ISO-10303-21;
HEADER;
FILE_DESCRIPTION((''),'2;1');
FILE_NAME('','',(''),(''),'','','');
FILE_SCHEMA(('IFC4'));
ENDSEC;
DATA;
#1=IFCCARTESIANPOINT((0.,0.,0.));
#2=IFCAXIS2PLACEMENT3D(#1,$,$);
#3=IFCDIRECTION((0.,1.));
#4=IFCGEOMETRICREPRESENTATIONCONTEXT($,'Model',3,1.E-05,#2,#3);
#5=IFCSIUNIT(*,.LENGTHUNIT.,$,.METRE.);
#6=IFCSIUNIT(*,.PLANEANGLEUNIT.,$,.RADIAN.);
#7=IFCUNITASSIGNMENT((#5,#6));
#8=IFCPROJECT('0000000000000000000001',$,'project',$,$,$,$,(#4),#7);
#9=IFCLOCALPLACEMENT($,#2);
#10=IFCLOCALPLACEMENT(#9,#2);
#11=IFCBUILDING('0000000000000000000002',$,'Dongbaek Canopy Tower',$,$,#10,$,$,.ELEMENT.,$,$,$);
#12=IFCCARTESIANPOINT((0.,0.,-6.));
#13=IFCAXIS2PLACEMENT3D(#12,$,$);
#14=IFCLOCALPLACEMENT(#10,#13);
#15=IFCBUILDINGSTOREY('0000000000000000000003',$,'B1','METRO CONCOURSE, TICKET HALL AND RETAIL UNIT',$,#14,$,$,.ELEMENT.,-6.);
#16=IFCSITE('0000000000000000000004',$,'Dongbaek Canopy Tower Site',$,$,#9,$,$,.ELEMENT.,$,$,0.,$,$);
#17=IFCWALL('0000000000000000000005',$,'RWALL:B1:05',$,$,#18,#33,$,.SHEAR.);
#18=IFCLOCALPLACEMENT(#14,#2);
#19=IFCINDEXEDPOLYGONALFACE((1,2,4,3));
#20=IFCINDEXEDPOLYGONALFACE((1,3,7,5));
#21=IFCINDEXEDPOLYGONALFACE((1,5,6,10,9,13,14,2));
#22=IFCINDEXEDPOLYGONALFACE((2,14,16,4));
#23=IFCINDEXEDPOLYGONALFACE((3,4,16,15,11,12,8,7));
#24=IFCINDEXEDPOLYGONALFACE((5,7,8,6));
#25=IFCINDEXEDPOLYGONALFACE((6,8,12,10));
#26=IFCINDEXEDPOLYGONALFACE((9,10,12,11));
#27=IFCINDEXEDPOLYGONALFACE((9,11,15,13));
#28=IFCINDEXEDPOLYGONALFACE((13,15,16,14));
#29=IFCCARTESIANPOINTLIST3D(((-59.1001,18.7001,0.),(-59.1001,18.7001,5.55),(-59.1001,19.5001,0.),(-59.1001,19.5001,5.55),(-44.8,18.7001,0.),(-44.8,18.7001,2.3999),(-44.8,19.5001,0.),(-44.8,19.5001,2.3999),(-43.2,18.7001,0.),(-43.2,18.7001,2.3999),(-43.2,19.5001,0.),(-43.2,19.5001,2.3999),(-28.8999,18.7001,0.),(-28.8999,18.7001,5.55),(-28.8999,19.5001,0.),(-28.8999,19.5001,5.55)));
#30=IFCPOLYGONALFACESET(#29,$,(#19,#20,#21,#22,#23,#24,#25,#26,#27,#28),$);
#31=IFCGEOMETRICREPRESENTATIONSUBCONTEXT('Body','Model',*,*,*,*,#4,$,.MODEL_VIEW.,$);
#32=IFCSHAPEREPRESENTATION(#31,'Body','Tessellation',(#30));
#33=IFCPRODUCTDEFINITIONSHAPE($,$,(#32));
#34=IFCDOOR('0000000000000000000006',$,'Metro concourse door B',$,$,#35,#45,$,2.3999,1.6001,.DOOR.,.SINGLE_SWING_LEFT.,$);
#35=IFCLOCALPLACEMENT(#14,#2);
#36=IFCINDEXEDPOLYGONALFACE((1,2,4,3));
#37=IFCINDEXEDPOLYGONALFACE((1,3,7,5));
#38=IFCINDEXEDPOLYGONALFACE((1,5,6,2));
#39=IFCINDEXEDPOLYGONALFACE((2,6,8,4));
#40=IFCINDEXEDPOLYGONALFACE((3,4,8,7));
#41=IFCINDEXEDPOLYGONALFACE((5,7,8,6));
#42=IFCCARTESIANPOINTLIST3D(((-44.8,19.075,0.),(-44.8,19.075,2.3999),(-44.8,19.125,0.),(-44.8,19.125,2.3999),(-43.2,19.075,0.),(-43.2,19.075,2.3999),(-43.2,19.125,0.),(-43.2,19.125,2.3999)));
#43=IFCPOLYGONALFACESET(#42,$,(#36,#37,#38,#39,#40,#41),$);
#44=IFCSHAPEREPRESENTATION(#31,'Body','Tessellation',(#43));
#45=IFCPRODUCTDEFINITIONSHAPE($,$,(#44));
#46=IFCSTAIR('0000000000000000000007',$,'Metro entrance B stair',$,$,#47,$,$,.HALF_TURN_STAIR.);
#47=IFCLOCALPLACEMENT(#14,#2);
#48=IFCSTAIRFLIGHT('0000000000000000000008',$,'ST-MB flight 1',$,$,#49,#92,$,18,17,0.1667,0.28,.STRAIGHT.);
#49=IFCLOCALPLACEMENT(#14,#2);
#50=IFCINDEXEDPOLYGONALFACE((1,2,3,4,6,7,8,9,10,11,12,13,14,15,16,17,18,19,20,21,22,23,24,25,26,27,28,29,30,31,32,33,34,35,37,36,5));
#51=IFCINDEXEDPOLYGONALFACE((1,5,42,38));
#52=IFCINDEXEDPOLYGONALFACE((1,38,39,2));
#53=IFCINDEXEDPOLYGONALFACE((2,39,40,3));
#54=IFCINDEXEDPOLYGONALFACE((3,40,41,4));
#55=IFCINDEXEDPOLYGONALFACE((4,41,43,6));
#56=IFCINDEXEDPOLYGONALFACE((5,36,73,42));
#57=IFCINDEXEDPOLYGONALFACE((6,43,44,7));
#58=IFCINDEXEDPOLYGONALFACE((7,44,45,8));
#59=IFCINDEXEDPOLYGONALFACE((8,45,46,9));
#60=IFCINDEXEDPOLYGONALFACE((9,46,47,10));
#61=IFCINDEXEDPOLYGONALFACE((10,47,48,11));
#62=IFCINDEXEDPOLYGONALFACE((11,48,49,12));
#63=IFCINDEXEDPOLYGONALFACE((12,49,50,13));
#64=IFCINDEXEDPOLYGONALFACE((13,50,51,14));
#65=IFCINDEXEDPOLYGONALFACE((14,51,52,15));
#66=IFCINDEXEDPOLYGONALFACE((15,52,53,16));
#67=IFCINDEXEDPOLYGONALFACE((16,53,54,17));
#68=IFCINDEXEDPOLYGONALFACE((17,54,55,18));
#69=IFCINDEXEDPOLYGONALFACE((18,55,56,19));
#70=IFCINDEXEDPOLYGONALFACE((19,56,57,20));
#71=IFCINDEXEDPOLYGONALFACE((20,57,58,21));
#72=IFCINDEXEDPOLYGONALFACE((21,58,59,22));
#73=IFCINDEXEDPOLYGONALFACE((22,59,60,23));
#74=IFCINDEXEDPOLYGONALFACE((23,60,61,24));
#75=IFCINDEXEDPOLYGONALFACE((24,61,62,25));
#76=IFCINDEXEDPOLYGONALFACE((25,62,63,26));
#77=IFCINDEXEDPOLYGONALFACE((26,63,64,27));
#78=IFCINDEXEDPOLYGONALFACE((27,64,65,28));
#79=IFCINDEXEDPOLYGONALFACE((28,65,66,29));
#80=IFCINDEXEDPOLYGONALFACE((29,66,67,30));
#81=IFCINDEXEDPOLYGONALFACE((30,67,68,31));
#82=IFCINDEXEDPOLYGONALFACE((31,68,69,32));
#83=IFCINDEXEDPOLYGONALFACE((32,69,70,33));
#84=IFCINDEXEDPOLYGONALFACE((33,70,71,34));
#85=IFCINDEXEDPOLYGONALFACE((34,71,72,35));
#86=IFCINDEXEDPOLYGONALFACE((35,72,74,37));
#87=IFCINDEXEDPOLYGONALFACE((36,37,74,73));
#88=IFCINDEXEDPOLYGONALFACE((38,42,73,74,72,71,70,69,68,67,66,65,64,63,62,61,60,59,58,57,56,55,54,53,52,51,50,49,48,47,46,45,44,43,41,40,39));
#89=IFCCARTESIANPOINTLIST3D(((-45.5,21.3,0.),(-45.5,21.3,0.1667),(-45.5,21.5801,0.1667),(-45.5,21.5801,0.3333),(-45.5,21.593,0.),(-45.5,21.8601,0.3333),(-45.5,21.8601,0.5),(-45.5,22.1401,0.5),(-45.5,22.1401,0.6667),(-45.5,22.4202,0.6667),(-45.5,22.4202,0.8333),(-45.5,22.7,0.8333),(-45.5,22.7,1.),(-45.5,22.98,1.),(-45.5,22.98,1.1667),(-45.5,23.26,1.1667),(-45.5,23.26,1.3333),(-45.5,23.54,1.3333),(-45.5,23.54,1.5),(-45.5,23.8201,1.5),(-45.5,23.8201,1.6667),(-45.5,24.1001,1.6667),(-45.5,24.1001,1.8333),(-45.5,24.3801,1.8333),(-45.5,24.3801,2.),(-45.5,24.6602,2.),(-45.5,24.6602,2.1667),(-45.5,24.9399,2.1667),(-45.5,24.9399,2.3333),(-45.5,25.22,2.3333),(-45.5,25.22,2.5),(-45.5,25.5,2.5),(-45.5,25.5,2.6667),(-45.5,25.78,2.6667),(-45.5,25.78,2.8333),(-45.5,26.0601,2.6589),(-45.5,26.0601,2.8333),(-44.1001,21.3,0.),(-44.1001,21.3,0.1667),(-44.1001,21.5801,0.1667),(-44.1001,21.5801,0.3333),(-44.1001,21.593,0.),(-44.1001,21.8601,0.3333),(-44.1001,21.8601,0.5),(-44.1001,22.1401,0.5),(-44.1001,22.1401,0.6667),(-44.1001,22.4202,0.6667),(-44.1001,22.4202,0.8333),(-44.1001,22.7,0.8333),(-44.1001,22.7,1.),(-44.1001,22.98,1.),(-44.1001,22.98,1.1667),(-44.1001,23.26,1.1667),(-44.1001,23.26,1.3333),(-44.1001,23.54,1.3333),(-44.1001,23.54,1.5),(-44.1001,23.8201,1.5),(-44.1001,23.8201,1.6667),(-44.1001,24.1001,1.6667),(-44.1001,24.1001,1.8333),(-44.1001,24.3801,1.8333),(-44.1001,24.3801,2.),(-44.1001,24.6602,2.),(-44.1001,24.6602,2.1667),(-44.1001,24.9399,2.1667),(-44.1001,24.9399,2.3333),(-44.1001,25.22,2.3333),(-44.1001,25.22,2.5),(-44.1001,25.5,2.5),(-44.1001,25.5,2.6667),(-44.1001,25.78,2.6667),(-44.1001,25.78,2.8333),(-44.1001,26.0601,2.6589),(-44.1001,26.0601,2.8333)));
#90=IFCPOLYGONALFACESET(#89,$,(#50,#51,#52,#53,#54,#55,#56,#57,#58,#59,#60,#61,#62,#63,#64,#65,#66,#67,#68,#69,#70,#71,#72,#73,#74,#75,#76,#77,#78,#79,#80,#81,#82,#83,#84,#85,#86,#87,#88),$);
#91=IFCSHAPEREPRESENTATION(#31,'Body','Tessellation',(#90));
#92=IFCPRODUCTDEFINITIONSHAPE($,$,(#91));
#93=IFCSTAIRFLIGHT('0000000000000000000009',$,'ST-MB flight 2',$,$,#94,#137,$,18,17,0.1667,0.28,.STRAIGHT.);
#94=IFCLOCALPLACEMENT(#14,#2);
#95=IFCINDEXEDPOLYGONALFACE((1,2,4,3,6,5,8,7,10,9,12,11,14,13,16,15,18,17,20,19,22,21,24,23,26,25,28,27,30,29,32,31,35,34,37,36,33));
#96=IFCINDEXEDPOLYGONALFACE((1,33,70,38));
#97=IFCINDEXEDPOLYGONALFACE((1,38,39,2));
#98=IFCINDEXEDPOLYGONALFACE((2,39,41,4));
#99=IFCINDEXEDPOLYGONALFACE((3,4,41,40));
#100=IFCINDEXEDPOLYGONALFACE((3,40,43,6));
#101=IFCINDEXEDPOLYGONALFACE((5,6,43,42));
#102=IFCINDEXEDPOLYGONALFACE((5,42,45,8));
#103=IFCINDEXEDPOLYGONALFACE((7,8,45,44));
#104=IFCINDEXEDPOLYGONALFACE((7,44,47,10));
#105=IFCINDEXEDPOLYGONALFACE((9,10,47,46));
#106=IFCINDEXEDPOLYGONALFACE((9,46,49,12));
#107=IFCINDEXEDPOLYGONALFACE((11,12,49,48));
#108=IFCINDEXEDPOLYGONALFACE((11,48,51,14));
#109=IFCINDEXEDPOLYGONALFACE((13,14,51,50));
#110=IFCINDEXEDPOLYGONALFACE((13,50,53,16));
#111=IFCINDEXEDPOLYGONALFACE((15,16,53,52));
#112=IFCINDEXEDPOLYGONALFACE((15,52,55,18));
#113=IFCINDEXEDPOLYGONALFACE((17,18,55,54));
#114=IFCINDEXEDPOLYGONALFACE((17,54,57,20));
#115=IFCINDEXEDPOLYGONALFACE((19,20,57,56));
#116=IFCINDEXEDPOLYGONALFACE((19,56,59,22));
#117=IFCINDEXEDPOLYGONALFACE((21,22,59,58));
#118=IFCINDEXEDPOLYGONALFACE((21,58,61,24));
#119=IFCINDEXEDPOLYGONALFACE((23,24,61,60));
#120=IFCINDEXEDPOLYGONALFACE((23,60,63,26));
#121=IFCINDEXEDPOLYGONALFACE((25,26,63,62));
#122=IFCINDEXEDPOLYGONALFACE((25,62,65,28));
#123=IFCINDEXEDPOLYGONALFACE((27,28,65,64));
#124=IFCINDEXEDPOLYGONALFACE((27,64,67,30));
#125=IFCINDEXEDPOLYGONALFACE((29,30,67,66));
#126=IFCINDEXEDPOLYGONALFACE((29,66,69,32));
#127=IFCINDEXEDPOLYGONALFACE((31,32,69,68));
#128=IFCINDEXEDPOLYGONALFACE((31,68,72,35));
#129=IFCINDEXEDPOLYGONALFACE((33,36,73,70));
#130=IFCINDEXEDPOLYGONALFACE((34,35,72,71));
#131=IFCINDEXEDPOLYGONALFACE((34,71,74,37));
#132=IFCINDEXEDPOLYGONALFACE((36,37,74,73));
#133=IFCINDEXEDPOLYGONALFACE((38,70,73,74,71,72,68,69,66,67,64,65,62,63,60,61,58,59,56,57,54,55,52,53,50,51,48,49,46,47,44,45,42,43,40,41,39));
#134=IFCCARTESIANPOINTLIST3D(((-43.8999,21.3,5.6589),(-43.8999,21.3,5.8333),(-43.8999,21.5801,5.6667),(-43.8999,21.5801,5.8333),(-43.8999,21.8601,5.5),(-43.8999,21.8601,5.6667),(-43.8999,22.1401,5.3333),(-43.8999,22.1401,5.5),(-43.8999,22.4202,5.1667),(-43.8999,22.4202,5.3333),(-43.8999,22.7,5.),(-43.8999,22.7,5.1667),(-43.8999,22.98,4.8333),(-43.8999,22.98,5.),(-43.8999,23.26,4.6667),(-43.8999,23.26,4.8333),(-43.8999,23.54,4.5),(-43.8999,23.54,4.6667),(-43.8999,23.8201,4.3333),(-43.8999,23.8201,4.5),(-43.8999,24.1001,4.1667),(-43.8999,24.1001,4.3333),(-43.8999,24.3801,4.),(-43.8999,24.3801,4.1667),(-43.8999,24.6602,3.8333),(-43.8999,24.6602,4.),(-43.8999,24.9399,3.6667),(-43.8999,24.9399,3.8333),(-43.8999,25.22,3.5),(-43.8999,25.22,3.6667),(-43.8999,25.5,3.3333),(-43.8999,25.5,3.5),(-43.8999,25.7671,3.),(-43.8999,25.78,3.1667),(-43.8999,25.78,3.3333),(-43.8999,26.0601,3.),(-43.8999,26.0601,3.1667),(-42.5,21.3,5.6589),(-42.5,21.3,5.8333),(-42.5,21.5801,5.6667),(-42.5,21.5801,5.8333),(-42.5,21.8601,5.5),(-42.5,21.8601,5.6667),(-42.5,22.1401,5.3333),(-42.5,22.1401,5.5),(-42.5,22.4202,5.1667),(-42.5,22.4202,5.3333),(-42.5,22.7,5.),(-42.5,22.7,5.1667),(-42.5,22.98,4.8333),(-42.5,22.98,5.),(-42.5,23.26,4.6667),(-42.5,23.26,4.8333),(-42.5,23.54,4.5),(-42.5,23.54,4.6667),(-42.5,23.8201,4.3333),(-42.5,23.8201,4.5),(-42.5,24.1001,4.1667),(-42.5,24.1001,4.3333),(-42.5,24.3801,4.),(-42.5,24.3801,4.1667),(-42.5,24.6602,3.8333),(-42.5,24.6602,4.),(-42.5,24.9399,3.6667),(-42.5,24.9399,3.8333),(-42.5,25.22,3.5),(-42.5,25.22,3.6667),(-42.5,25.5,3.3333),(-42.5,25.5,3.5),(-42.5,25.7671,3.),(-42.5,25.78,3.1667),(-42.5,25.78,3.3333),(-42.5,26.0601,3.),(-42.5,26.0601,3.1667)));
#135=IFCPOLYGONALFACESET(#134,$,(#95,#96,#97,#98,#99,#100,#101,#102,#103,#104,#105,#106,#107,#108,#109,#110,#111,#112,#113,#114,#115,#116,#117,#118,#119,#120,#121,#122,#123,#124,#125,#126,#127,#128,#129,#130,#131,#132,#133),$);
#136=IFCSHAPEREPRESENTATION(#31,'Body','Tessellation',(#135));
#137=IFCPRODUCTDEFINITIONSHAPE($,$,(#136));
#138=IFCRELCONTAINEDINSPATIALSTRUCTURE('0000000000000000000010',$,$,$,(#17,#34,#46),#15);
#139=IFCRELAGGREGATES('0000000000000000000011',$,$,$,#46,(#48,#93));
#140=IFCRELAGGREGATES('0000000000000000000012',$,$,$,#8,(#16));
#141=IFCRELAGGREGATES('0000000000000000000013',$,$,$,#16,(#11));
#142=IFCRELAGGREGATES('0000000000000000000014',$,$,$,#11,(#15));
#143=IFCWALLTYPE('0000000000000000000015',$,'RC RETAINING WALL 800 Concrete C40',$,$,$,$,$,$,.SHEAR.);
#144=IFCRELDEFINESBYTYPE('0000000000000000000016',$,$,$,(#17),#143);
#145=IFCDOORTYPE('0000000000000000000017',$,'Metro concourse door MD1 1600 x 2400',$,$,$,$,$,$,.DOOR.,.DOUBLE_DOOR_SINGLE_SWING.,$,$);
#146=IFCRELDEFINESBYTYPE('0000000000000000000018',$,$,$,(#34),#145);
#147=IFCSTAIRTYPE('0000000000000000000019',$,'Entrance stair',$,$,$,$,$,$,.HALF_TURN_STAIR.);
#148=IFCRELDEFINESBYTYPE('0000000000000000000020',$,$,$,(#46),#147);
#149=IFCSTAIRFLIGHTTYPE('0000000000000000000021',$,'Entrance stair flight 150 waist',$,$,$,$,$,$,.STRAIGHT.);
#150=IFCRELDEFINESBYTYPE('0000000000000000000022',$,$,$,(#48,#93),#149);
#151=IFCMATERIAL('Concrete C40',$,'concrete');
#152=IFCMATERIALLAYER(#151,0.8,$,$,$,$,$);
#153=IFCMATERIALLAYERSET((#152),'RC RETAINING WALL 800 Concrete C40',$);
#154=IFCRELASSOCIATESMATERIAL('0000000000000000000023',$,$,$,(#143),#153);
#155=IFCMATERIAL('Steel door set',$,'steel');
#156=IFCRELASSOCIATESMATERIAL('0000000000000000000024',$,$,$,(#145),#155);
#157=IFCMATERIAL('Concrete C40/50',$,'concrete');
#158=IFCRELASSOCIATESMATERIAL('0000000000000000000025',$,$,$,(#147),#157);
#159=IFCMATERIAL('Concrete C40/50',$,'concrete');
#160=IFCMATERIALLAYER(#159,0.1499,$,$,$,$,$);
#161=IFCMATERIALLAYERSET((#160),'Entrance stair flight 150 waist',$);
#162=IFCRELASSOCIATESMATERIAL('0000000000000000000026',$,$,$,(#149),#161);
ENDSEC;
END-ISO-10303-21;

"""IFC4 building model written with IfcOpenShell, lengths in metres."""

from ifc_helpers import new_model, si_unit, direction, frame, frame_2d, origin, place, context, subcontext, project, spatial, polyline, rectangle, outline, extrude, material, layer, layer_set, type_object, element, fill, aggregate, save


model = new_model("IFC4")

# Units and contexts
model_context = context("Model", 3, precision=1e-05, world=origin(), true_north=direction((0.0, 1.0)))
body_context = subcontext(model_context, "Body", "Model", "MODEL_VIEW")
ifc_project = project(units=[si_unit("LENGTHUNIT", "METRE"), si_unit("PLANEANGLEUNIT", "RADIAN")], contexts=[model_context])

# Site, building, storey
site_placement = place(None, origin())
site = spatial("IfcSite", under=ifc_project, at=site_placement, Name="Dongbaek Canopy Tower Site", CompositionType="ELEMENT", RefElevation=0.0)
building_placement = place(site_placement, origin())
building = spatial("IfcBuilding", under=site, at=building_placement, Name="Dongbaek Canopy Tower", CompositionType="ELEMENT")
storey_placement = place(building_placement, frame((0.0, 0.0, -6.0)))
storey = spatial("IfcBuildingStorey", under=building, at=storey_placement, Name="B1", Description="METRO CONCOURSE, TICKET HALL AND RETAIL UNIT", CompositionType="ELEMENT", Elevation=-6.0)

# Wall, opening, door
ifc_material_1 = material(Name="Concrete C40", Category="concrete")
ifc_layer_1 = layer(ifc_material_1, 0.8)
ifc_layer_set_1 = layer_set([ifc_layer_1], Name="RC RETAINING WALL 800 Concrete C40")
wall_type_1 = type_object("IfcWallType", Name="RC RETAINING WALL 800 Concrete C40", PredefinedType="SHEAR", material=ifc_layer_set_1)
wall_1_placement = place(storey_placement, frame((-59.1001, 19.1001, 0.0), z_axis=(0.0, 0.0, 1.0), x_axis=(1.0, 0.0, 0.0)))
wall_1 = element("IfcWall", 1, at=wall_1_placement, inside=storey, type_object=wall_type_1, Name="RWALL:B1:05", PredefinedType="SHEAR", context=body_context, shape_type="SweptSolid", body=[
    extrude(rectangle(XDim=30.2002, YDim=0.8, at=frame_2d((15.1001, 0.0))), origin(), (0.0, 0.0, 1.0), 5.55),
])
opening_placement = place(wall_1_placement, frame((14.3, 0.0, 0.0)))
opening = element("IfcOpeningElement", 2, at=opening_placement, cuts=wall_1, PredefinedType="OPENING", context=body_context, shape_type="SweptSolid", body=[
    extrude(rectangle(XDim=1.6001, YDim=2.3999, at=frame_2d((0.8, 1.2))), frame((0.0, 0.4099, 0.0), z_axis=(0.0, -1.0, 0.0), x_axis=(1.0, 0.0, 0.0)), (0.0, 0.0, 1.0), 0.8201),
])
ifc_material_2 = material(Name="Steel door set", Category="steel")
door_type = type_object("IfcDoorType", Name="Metro concourse door MD1 1600 x 2400", OperationType="DOUBLE_DOOR_SINGLE_SWING", PredefinedType="DOOR", material=ifc_material_2)
door_placement = place(opening_placement, origin())
door = element("IfcDoor", 3, at=door_placement, inside=storey, type_object=door_type, Name="Metro concourse door B", OperationType="SINGLE_SWING_LEFT", OverallHeight=2.3999, OverallWidth=1.6001, PredefinedType="DOOR", context=body_context, shape_type="SweptSolid", body=[
    extrude(rectangle(XDim=1.6001, YDim=2.3999, at=frame_2d((0.8, 1.2))), frame((0.0, 0.0249, 0.0), z_axis=(0.0, -1.0, 0.0), x_axis=(1.0, 0.0, 0.0)), (0.0, 0.0, 1.0), 0.05),
])
fill(opening, door)

# Stair, stair flights
ifc_material_3 = material(Name="Concrete C40/50", Category="concrete")
stair_type = type_object("IfcStairType", Name="Entrance stair", PredefinedType="HALF_TURN_STAIR", material=ifc_material_3)
stair_placement = place(storey_placement, origin())
stair = element("IfcStair", 4, at=stair_placement, inside=storey, type_object=stair_type, Name="Metro entrance B stair", PredefinedType="HALF_TURN_STAIR")
ifc_material_4 = material(Name="Concrete C40/50", Category="concrete")
ifc_layer_2 = layer(ifc_material_4, 0.1499)
ifc_layer_set_2 = layer_set([ifc_layer_2], Name="Entrance stair flight 150 waist")
stair_flight_type = type_object("IfcStairFlightType", Name="Entrance stair flight 150 waist", PredefinedType="STRAIGHT", material=ifc_layer_set_2)
stair_flight_1_placement = place(storey_placement, frame((-44.8, 21.3, 0.0), z_axis=(0.0, 0.0, 1.0), x_axis=(0.0, 1.0, 0.0)))
stair_flight_1 = element("IfcStairFlight", 5, at=stair_flight_1_placement, type_object=stair_flight_type, Name="ST-MB flight 1", NumberOfRisers=18, NumberOfTreads=17, PredefinedType="STRAIGHT", RiserHeight=0.1667, TreadLength=0.28, context=body_context, shape_type="SweptSolid", body=[
    extrude(outline(polyline([(0.0, 0.0), (0.0, 0.1667), (0.28, 0.1667), (0.28, 0.3333), (0.5601, 0.3333), (0.5601, 0.5), (0.8401, 0.5), (0.8401, 0.6667), (1.1201, 0.6667), (1.1201, 0.8333), (1.3999, 0.8333), (1.3999, 1.0), (1.6799, 1.0), (1.6799, 1.1667), (1.96, 1.1667), (1.96, 1.3333), (2.24, 1.3333), (2.24, 1.5), (2.52, 1.5), (2.52, 1.6667), (2.8, 1.6667), (2.8, 1.8333), (3.0801, 1.8333), (3.0801, 2.0), (3.3601, 2.0), (3.3601, 2.1667), (3.6399, 2.1667), (3.6399, 2.3333), (3.9199, 2.3333), (3.9199, 2.5), (4.2, 2.5), (4.2, 2.6667), (4.48, 2.6667), (4.48, 2.8333), (4.76, 2.8333), (4.76, 3.0), (4.76, 2.6589), (0.293, 0.0), (0.0, 0.0)])), frame((0.0, 0.7, 0.0), z_axis=(0.0, -1.0, 0.0), x_axis=(1.0, 0.0, 0.0)), (0.0, 0.0, 1.0), 1.3999),
])
stair_flight_2_placement = place(storey_placement, frame((-43.2, 26.0601, 3.0), z_axis=(0.0, 0.0, 1.0), x_axis=(0.0, -1.0, 0.0)))
stair_flight_2 = element("IfcStairFlight", 6, at=stair_flight_2_placement, type_object=stair_flight_type, Name="ST-MB flight 2", NumberOfRisers=18, NumberOfTreads=17, PredefinedType="STRAIGHT", RiserHeight=0.1667, TreadLength=0.28, context=body_context, shape_type="SweptSolid", body=[
    extrude(outline(polyline([(0.0, 0.0), (0.0, 0.1667), (0.28, 0.1667), (0.28, 0.3333), (0.5601, 0.3333), (0.5601, 0.5), (0.8401, 0.5), (0.8401, 0.6667), (1.1201, 0.6667), (1.1201, 0.8333), (1.3999, 0.8333), (1.3999, 1.0), (1.6799, 1.0), (1.6799, 1.1667), (1.96, 1.1667), (1.96, 1.3333), (2.24, 1.3333), (2.24, 1.5), (2.52, 1.5), (2.52, 1.6667), (2.8, 1.6667), (2.8, 1.8333), (3.0801, 1.8333), (3.0801, 2.0), (3.3601, 2.0), (3.3601, 2.1667), (3.6399, 2.1667), (3.6399, 2.3333), (3.9199, 2.3333), (3.9199, 2.5), (4.2, 2.5), (4.2, 2.6667), (4.48, 2.6667), (4.48, 2.8333), (4.76, 2.8333), (4.76, 3.0), (4.76, 2.6589), (0.293, 0.0), (0.0, 0.0)])), frame((0.0, 0.7, 0.0), z_axis=(0.0, -1.0, 0.0), x_axis=(1.0, 0.0, 0.0)), (0.0, 0.0, 1.0), 1.3999),
])
aggregate(stair, [stair_flight_1, stair_flight_2])

save(model, "model.ifc")
